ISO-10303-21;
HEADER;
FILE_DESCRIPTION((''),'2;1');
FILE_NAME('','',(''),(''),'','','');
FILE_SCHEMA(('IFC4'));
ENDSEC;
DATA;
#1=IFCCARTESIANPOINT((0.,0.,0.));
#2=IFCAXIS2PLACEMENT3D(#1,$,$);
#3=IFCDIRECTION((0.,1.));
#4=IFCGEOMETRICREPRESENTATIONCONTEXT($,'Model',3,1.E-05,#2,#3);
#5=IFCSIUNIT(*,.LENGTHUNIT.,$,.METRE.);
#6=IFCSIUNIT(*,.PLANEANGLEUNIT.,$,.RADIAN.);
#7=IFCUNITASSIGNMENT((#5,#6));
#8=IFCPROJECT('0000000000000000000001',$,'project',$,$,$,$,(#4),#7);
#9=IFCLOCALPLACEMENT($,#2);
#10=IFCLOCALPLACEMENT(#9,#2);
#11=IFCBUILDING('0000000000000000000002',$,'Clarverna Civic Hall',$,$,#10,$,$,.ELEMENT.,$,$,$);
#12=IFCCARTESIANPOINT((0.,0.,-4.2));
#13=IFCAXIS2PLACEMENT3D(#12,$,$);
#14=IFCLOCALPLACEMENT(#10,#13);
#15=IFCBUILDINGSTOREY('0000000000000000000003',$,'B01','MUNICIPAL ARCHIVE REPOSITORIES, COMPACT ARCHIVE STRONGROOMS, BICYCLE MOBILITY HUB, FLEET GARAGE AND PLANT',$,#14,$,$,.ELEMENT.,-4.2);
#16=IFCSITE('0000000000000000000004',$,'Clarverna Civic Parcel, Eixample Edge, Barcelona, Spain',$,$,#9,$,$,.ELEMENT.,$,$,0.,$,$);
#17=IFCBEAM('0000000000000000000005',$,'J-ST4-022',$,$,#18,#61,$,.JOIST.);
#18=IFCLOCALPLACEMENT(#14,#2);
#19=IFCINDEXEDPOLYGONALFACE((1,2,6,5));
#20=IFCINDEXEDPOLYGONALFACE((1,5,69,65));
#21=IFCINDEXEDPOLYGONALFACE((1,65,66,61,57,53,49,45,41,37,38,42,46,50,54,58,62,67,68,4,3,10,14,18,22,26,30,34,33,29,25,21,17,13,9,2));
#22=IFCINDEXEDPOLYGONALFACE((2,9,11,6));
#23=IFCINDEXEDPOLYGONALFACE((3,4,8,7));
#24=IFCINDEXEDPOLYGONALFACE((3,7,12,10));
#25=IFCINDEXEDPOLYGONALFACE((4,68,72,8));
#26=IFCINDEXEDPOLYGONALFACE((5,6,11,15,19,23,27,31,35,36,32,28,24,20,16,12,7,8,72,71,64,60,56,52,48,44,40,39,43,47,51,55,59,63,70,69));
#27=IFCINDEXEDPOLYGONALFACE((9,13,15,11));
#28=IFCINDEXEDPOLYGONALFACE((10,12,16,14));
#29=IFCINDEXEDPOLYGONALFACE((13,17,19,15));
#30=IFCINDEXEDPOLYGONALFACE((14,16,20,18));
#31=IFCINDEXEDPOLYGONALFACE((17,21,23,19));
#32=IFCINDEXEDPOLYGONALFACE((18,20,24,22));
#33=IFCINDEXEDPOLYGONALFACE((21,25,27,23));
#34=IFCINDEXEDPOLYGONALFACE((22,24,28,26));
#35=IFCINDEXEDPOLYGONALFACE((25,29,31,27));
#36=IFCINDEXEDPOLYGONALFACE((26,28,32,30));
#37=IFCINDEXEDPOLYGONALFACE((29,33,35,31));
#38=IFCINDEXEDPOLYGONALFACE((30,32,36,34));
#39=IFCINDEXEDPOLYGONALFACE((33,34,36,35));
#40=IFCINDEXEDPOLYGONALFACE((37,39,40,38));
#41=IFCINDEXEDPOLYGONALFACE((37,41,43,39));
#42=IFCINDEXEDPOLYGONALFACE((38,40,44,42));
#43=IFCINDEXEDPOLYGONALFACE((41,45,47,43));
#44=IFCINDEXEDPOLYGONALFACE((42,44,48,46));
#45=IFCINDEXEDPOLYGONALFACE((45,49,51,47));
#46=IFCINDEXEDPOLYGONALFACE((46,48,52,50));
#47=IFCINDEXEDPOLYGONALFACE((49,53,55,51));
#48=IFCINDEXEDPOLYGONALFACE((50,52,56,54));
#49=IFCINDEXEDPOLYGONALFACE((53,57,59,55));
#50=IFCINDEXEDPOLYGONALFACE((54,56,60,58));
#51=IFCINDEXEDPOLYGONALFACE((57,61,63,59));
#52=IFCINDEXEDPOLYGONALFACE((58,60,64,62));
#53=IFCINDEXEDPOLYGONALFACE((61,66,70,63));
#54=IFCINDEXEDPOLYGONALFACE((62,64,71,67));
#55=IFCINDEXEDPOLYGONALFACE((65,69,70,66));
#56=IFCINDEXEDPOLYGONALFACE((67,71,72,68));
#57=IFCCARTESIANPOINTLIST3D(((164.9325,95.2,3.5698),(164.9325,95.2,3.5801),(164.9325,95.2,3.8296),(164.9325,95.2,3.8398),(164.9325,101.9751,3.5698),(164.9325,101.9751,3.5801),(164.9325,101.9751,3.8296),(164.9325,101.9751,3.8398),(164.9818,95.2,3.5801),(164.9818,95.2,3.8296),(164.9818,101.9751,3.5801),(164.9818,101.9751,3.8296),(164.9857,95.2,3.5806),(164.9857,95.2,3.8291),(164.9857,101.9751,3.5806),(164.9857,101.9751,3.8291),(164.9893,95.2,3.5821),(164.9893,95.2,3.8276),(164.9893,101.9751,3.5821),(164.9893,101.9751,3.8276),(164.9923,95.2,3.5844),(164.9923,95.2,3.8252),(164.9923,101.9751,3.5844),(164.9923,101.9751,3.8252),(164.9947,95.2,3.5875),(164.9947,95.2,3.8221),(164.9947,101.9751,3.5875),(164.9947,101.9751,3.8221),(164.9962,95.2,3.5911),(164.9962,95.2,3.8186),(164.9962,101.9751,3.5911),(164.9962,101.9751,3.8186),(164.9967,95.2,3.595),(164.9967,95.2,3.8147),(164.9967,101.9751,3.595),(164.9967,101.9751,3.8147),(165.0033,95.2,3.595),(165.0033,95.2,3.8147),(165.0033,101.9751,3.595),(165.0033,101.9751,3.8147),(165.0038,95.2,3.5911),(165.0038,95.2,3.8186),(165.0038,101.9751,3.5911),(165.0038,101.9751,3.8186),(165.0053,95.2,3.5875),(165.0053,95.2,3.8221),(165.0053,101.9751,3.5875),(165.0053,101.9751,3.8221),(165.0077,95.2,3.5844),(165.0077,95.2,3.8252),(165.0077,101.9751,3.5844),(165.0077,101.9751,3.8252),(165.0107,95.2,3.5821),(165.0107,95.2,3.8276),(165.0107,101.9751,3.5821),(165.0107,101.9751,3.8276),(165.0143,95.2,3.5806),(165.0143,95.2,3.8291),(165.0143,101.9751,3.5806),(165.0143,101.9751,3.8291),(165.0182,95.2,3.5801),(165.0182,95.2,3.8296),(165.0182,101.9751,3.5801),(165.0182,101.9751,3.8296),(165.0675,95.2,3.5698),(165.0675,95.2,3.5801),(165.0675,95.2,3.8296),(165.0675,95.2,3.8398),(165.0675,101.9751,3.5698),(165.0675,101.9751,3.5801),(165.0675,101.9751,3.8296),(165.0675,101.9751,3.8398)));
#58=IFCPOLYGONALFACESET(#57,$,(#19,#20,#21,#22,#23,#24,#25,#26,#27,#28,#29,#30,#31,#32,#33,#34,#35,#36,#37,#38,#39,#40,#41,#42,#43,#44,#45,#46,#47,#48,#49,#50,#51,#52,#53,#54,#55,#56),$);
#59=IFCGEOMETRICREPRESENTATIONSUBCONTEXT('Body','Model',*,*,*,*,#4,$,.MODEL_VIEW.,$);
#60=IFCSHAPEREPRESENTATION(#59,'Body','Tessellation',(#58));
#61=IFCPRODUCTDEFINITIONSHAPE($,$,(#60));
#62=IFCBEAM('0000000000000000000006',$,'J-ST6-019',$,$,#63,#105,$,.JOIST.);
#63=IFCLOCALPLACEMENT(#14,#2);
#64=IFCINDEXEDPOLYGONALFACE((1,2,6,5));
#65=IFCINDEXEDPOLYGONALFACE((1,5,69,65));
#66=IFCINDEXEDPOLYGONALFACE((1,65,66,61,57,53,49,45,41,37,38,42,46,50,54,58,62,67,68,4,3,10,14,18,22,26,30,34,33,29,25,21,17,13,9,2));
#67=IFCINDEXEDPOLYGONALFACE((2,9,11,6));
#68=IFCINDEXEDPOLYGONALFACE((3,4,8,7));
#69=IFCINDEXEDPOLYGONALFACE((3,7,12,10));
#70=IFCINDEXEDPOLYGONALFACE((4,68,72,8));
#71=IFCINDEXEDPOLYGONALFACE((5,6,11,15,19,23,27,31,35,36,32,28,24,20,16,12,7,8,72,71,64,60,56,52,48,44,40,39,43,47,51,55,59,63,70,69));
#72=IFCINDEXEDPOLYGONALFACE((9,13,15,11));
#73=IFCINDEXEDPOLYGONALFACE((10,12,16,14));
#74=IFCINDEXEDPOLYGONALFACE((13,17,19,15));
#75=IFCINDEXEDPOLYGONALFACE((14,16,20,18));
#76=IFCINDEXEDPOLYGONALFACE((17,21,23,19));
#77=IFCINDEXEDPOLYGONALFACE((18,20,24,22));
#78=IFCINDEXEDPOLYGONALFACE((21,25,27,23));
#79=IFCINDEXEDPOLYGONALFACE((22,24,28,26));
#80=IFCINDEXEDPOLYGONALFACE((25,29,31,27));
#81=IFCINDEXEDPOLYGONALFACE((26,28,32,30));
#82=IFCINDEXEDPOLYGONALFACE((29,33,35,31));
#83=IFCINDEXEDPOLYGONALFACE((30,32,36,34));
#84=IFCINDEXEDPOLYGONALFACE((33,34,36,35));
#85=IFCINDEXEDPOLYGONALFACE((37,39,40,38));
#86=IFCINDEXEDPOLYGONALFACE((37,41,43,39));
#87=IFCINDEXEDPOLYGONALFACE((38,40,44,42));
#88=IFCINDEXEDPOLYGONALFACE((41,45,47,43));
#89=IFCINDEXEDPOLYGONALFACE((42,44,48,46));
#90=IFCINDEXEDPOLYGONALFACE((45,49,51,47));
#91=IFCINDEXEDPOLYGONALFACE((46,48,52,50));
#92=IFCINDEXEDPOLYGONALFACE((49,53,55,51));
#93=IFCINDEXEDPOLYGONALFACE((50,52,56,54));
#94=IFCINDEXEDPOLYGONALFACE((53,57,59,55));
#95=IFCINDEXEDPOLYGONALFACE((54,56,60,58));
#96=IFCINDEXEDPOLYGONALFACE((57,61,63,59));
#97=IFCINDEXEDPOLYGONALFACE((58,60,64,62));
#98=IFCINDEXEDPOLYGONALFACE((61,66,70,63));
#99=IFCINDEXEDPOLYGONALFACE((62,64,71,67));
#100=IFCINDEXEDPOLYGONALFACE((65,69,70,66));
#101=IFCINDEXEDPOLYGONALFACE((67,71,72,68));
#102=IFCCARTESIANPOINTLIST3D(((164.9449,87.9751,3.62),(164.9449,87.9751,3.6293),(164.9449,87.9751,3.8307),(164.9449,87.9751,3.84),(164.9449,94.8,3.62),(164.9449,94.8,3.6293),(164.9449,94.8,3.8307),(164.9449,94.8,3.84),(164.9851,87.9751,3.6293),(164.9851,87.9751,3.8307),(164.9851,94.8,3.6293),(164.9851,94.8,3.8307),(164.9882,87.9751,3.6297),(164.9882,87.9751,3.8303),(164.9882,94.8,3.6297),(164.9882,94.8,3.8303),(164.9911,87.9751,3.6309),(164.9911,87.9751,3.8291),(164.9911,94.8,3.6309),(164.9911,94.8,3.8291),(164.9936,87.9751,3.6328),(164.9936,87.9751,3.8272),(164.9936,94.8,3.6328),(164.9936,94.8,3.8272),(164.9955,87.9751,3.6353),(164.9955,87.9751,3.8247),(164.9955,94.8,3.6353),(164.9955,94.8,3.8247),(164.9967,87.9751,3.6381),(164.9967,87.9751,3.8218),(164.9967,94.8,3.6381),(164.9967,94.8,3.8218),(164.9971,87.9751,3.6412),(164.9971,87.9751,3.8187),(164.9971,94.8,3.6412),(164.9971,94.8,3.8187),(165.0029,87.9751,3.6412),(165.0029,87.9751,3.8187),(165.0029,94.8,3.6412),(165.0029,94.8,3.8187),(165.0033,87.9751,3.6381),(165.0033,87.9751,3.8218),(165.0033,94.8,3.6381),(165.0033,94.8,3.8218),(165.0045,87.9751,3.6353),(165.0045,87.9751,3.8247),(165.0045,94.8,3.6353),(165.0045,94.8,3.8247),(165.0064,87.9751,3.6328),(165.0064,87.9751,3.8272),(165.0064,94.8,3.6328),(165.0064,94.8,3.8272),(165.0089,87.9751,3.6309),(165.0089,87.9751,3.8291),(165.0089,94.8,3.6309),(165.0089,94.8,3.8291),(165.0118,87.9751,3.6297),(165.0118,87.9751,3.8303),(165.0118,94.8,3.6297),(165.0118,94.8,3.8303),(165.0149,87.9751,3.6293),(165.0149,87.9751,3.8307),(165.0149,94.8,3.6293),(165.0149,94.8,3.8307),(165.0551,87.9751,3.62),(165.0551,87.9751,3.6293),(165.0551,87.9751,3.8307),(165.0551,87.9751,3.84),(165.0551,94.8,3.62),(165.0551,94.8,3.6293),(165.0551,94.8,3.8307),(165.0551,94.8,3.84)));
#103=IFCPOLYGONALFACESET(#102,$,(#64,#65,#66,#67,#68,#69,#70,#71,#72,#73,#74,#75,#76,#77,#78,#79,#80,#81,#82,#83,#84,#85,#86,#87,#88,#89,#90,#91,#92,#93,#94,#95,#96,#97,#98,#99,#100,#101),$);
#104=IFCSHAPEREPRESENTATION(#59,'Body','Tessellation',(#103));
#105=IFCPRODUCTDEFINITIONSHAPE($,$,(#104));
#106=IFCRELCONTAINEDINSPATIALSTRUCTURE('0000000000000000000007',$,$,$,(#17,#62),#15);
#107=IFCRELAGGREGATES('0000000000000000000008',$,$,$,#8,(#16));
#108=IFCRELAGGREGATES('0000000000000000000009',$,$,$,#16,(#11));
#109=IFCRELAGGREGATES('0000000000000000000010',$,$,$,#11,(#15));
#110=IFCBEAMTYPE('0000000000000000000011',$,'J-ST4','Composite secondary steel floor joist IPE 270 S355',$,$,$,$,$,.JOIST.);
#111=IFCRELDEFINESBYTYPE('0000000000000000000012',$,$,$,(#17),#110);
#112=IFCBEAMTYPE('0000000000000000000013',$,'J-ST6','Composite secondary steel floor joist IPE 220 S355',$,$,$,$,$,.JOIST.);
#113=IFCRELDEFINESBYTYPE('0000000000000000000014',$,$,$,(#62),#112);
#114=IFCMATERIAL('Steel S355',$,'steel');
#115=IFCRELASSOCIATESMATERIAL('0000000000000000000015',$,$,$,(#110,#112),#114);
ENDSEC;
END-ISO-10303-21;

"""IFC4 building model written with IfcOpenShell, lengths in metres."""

from ifc_helpers import new_model, si_unit, direction, frame, origin, origin_2d, place, context, subcontext, project, spatial, i_section, extrude, material, material_profile, profile_set, type_object, element, save


model = new_model("IFC4")

# Units and contexts
model_context = context("Model", 3, precision=1e-05, world=origin(), true_north=direction((0.0, 1.0)))
body_context = subcontext(model_context, "Body", "Model", "MODEL_VIEW")
ifc_project = project(units=[si_unit("LENGTHUNIT", "METRE"), si_unit("PLANEANGLEUNIT", "RADIAN")], contexts=[model_context])

# Site, building, storey
site_placement = place(None, origin())
site = spatial("IfcSite", under=ifc_project, at=site_placement, Name="Clarverna Civic Parcel, Eixample Edge, Barcelona, Spain", CompositionType="ELEMENT", RefElevation=0.0)
building_placement = place(site_placement, origin())
building = spatial("IfcBuilding", under=site, at=building_placement, Name="Clarverna Civic Hall", CompositionType="ELEMENT")
storey_placement = place(building_placement, frame((0.0, 0.0, -4.2)))
storey = spatial("IfcBuildingStorey", under=building, at=storey_placement, Name="B01", Description="MUNICIPAL ARCHIVE REPOSITORIES, COMPACT ARCHIVE STRONGROOMS, BICYCLE MOBILITY HUB, FLEET GARAGE AND PLANT", CompositionType="ELEMENT", Elevation=-4.2)

# Beams
ifc_material_1 = material(Name="Steel S355", Category="steel")
ifc_material_profile_1 = material_profile(ifc_material_1, i_section(OverallWidth=0.135, OverallDepth=0.27, WebThickness=0.0066, FlangeThickness=0.0103, FilletRadius=0.0149, at=origin_2d()), Name="IPE 270")
ifc_profile_set_1 = profile_set([ifc_material_profile_1], Name="Steel S355")
beam_type_1 = type_object("IfcBeamType", Name="J-ST4", Description="Composite secondary steel floor joist IPE 270 S355", PredefinedType="JOIST", material=ifc_profile_set_1)
beam_1_placement = place(storey_placement, frame((165.0, 95.2, 3.7048), z_axis=(0.0, 1.0, 0.0), x_axis=(-1.0, 0.0, 0.0)))
element("IfcBeam", 1, at=beam_1_placement, inside=storey, type_object=beam_type_1, Name="J-ST4-022", PredefinedType="JOIST", context=body_context, shape_type="SweptSolid", body=[
    extrude(i_section(OverallWidth=0.135, OverallDepth=0.27, WebThickness=0.0066, FlangeThickness=0.0103, FilletRadius=0.0149, at=origin_2d()), origin(), (0.0, 0.0, 1.0), 6.7751),
])
ifc_material_profile_2 = material_profile(ifc_material_1, i_section(OverallWidth=0.1101, OverallDepth=0.22, WebThickness=0.0059, FlangeThickness=0.0093, FilletRadius=0.012, at=origin_2d()), Name="IPE 220")
ifc_profile_set_2 = profile_set([ifc_material_profile_2], Name="Steel S355")
beam_type_2 = type_object("IfcBeamType", Name="J-ST6", Description="Composite secondary steel floor joist IPE 220 S355", PredefinedType="JOIST", material=ifc_profile_set_2)
beam_2_placement = place(storey_placement, frame((165.0, 87.9751, 3.73), z_axis=(0.0, 1.0, 0.0), x_axis=(-1.0, 0.0, 0.0)))
element("IfcBeam", 2, at=beam_2_placement, inside=storey, type_object=beam_type_2, Name="J-ST6-019", PredefinedType="JOIST", context=body_context, shape_type="SweptSolid", body=[
    extrude(i_section(OverallWidth=0.1101, OverallDepth=0.22, WebThickness=0.0059, FlangeThickness=0.0093, FilletRadius=0.012, at=origin_2d()), origin(), (0.0, 0.0, 1.0), 6.825),
])

save(model, "model.ifc")
